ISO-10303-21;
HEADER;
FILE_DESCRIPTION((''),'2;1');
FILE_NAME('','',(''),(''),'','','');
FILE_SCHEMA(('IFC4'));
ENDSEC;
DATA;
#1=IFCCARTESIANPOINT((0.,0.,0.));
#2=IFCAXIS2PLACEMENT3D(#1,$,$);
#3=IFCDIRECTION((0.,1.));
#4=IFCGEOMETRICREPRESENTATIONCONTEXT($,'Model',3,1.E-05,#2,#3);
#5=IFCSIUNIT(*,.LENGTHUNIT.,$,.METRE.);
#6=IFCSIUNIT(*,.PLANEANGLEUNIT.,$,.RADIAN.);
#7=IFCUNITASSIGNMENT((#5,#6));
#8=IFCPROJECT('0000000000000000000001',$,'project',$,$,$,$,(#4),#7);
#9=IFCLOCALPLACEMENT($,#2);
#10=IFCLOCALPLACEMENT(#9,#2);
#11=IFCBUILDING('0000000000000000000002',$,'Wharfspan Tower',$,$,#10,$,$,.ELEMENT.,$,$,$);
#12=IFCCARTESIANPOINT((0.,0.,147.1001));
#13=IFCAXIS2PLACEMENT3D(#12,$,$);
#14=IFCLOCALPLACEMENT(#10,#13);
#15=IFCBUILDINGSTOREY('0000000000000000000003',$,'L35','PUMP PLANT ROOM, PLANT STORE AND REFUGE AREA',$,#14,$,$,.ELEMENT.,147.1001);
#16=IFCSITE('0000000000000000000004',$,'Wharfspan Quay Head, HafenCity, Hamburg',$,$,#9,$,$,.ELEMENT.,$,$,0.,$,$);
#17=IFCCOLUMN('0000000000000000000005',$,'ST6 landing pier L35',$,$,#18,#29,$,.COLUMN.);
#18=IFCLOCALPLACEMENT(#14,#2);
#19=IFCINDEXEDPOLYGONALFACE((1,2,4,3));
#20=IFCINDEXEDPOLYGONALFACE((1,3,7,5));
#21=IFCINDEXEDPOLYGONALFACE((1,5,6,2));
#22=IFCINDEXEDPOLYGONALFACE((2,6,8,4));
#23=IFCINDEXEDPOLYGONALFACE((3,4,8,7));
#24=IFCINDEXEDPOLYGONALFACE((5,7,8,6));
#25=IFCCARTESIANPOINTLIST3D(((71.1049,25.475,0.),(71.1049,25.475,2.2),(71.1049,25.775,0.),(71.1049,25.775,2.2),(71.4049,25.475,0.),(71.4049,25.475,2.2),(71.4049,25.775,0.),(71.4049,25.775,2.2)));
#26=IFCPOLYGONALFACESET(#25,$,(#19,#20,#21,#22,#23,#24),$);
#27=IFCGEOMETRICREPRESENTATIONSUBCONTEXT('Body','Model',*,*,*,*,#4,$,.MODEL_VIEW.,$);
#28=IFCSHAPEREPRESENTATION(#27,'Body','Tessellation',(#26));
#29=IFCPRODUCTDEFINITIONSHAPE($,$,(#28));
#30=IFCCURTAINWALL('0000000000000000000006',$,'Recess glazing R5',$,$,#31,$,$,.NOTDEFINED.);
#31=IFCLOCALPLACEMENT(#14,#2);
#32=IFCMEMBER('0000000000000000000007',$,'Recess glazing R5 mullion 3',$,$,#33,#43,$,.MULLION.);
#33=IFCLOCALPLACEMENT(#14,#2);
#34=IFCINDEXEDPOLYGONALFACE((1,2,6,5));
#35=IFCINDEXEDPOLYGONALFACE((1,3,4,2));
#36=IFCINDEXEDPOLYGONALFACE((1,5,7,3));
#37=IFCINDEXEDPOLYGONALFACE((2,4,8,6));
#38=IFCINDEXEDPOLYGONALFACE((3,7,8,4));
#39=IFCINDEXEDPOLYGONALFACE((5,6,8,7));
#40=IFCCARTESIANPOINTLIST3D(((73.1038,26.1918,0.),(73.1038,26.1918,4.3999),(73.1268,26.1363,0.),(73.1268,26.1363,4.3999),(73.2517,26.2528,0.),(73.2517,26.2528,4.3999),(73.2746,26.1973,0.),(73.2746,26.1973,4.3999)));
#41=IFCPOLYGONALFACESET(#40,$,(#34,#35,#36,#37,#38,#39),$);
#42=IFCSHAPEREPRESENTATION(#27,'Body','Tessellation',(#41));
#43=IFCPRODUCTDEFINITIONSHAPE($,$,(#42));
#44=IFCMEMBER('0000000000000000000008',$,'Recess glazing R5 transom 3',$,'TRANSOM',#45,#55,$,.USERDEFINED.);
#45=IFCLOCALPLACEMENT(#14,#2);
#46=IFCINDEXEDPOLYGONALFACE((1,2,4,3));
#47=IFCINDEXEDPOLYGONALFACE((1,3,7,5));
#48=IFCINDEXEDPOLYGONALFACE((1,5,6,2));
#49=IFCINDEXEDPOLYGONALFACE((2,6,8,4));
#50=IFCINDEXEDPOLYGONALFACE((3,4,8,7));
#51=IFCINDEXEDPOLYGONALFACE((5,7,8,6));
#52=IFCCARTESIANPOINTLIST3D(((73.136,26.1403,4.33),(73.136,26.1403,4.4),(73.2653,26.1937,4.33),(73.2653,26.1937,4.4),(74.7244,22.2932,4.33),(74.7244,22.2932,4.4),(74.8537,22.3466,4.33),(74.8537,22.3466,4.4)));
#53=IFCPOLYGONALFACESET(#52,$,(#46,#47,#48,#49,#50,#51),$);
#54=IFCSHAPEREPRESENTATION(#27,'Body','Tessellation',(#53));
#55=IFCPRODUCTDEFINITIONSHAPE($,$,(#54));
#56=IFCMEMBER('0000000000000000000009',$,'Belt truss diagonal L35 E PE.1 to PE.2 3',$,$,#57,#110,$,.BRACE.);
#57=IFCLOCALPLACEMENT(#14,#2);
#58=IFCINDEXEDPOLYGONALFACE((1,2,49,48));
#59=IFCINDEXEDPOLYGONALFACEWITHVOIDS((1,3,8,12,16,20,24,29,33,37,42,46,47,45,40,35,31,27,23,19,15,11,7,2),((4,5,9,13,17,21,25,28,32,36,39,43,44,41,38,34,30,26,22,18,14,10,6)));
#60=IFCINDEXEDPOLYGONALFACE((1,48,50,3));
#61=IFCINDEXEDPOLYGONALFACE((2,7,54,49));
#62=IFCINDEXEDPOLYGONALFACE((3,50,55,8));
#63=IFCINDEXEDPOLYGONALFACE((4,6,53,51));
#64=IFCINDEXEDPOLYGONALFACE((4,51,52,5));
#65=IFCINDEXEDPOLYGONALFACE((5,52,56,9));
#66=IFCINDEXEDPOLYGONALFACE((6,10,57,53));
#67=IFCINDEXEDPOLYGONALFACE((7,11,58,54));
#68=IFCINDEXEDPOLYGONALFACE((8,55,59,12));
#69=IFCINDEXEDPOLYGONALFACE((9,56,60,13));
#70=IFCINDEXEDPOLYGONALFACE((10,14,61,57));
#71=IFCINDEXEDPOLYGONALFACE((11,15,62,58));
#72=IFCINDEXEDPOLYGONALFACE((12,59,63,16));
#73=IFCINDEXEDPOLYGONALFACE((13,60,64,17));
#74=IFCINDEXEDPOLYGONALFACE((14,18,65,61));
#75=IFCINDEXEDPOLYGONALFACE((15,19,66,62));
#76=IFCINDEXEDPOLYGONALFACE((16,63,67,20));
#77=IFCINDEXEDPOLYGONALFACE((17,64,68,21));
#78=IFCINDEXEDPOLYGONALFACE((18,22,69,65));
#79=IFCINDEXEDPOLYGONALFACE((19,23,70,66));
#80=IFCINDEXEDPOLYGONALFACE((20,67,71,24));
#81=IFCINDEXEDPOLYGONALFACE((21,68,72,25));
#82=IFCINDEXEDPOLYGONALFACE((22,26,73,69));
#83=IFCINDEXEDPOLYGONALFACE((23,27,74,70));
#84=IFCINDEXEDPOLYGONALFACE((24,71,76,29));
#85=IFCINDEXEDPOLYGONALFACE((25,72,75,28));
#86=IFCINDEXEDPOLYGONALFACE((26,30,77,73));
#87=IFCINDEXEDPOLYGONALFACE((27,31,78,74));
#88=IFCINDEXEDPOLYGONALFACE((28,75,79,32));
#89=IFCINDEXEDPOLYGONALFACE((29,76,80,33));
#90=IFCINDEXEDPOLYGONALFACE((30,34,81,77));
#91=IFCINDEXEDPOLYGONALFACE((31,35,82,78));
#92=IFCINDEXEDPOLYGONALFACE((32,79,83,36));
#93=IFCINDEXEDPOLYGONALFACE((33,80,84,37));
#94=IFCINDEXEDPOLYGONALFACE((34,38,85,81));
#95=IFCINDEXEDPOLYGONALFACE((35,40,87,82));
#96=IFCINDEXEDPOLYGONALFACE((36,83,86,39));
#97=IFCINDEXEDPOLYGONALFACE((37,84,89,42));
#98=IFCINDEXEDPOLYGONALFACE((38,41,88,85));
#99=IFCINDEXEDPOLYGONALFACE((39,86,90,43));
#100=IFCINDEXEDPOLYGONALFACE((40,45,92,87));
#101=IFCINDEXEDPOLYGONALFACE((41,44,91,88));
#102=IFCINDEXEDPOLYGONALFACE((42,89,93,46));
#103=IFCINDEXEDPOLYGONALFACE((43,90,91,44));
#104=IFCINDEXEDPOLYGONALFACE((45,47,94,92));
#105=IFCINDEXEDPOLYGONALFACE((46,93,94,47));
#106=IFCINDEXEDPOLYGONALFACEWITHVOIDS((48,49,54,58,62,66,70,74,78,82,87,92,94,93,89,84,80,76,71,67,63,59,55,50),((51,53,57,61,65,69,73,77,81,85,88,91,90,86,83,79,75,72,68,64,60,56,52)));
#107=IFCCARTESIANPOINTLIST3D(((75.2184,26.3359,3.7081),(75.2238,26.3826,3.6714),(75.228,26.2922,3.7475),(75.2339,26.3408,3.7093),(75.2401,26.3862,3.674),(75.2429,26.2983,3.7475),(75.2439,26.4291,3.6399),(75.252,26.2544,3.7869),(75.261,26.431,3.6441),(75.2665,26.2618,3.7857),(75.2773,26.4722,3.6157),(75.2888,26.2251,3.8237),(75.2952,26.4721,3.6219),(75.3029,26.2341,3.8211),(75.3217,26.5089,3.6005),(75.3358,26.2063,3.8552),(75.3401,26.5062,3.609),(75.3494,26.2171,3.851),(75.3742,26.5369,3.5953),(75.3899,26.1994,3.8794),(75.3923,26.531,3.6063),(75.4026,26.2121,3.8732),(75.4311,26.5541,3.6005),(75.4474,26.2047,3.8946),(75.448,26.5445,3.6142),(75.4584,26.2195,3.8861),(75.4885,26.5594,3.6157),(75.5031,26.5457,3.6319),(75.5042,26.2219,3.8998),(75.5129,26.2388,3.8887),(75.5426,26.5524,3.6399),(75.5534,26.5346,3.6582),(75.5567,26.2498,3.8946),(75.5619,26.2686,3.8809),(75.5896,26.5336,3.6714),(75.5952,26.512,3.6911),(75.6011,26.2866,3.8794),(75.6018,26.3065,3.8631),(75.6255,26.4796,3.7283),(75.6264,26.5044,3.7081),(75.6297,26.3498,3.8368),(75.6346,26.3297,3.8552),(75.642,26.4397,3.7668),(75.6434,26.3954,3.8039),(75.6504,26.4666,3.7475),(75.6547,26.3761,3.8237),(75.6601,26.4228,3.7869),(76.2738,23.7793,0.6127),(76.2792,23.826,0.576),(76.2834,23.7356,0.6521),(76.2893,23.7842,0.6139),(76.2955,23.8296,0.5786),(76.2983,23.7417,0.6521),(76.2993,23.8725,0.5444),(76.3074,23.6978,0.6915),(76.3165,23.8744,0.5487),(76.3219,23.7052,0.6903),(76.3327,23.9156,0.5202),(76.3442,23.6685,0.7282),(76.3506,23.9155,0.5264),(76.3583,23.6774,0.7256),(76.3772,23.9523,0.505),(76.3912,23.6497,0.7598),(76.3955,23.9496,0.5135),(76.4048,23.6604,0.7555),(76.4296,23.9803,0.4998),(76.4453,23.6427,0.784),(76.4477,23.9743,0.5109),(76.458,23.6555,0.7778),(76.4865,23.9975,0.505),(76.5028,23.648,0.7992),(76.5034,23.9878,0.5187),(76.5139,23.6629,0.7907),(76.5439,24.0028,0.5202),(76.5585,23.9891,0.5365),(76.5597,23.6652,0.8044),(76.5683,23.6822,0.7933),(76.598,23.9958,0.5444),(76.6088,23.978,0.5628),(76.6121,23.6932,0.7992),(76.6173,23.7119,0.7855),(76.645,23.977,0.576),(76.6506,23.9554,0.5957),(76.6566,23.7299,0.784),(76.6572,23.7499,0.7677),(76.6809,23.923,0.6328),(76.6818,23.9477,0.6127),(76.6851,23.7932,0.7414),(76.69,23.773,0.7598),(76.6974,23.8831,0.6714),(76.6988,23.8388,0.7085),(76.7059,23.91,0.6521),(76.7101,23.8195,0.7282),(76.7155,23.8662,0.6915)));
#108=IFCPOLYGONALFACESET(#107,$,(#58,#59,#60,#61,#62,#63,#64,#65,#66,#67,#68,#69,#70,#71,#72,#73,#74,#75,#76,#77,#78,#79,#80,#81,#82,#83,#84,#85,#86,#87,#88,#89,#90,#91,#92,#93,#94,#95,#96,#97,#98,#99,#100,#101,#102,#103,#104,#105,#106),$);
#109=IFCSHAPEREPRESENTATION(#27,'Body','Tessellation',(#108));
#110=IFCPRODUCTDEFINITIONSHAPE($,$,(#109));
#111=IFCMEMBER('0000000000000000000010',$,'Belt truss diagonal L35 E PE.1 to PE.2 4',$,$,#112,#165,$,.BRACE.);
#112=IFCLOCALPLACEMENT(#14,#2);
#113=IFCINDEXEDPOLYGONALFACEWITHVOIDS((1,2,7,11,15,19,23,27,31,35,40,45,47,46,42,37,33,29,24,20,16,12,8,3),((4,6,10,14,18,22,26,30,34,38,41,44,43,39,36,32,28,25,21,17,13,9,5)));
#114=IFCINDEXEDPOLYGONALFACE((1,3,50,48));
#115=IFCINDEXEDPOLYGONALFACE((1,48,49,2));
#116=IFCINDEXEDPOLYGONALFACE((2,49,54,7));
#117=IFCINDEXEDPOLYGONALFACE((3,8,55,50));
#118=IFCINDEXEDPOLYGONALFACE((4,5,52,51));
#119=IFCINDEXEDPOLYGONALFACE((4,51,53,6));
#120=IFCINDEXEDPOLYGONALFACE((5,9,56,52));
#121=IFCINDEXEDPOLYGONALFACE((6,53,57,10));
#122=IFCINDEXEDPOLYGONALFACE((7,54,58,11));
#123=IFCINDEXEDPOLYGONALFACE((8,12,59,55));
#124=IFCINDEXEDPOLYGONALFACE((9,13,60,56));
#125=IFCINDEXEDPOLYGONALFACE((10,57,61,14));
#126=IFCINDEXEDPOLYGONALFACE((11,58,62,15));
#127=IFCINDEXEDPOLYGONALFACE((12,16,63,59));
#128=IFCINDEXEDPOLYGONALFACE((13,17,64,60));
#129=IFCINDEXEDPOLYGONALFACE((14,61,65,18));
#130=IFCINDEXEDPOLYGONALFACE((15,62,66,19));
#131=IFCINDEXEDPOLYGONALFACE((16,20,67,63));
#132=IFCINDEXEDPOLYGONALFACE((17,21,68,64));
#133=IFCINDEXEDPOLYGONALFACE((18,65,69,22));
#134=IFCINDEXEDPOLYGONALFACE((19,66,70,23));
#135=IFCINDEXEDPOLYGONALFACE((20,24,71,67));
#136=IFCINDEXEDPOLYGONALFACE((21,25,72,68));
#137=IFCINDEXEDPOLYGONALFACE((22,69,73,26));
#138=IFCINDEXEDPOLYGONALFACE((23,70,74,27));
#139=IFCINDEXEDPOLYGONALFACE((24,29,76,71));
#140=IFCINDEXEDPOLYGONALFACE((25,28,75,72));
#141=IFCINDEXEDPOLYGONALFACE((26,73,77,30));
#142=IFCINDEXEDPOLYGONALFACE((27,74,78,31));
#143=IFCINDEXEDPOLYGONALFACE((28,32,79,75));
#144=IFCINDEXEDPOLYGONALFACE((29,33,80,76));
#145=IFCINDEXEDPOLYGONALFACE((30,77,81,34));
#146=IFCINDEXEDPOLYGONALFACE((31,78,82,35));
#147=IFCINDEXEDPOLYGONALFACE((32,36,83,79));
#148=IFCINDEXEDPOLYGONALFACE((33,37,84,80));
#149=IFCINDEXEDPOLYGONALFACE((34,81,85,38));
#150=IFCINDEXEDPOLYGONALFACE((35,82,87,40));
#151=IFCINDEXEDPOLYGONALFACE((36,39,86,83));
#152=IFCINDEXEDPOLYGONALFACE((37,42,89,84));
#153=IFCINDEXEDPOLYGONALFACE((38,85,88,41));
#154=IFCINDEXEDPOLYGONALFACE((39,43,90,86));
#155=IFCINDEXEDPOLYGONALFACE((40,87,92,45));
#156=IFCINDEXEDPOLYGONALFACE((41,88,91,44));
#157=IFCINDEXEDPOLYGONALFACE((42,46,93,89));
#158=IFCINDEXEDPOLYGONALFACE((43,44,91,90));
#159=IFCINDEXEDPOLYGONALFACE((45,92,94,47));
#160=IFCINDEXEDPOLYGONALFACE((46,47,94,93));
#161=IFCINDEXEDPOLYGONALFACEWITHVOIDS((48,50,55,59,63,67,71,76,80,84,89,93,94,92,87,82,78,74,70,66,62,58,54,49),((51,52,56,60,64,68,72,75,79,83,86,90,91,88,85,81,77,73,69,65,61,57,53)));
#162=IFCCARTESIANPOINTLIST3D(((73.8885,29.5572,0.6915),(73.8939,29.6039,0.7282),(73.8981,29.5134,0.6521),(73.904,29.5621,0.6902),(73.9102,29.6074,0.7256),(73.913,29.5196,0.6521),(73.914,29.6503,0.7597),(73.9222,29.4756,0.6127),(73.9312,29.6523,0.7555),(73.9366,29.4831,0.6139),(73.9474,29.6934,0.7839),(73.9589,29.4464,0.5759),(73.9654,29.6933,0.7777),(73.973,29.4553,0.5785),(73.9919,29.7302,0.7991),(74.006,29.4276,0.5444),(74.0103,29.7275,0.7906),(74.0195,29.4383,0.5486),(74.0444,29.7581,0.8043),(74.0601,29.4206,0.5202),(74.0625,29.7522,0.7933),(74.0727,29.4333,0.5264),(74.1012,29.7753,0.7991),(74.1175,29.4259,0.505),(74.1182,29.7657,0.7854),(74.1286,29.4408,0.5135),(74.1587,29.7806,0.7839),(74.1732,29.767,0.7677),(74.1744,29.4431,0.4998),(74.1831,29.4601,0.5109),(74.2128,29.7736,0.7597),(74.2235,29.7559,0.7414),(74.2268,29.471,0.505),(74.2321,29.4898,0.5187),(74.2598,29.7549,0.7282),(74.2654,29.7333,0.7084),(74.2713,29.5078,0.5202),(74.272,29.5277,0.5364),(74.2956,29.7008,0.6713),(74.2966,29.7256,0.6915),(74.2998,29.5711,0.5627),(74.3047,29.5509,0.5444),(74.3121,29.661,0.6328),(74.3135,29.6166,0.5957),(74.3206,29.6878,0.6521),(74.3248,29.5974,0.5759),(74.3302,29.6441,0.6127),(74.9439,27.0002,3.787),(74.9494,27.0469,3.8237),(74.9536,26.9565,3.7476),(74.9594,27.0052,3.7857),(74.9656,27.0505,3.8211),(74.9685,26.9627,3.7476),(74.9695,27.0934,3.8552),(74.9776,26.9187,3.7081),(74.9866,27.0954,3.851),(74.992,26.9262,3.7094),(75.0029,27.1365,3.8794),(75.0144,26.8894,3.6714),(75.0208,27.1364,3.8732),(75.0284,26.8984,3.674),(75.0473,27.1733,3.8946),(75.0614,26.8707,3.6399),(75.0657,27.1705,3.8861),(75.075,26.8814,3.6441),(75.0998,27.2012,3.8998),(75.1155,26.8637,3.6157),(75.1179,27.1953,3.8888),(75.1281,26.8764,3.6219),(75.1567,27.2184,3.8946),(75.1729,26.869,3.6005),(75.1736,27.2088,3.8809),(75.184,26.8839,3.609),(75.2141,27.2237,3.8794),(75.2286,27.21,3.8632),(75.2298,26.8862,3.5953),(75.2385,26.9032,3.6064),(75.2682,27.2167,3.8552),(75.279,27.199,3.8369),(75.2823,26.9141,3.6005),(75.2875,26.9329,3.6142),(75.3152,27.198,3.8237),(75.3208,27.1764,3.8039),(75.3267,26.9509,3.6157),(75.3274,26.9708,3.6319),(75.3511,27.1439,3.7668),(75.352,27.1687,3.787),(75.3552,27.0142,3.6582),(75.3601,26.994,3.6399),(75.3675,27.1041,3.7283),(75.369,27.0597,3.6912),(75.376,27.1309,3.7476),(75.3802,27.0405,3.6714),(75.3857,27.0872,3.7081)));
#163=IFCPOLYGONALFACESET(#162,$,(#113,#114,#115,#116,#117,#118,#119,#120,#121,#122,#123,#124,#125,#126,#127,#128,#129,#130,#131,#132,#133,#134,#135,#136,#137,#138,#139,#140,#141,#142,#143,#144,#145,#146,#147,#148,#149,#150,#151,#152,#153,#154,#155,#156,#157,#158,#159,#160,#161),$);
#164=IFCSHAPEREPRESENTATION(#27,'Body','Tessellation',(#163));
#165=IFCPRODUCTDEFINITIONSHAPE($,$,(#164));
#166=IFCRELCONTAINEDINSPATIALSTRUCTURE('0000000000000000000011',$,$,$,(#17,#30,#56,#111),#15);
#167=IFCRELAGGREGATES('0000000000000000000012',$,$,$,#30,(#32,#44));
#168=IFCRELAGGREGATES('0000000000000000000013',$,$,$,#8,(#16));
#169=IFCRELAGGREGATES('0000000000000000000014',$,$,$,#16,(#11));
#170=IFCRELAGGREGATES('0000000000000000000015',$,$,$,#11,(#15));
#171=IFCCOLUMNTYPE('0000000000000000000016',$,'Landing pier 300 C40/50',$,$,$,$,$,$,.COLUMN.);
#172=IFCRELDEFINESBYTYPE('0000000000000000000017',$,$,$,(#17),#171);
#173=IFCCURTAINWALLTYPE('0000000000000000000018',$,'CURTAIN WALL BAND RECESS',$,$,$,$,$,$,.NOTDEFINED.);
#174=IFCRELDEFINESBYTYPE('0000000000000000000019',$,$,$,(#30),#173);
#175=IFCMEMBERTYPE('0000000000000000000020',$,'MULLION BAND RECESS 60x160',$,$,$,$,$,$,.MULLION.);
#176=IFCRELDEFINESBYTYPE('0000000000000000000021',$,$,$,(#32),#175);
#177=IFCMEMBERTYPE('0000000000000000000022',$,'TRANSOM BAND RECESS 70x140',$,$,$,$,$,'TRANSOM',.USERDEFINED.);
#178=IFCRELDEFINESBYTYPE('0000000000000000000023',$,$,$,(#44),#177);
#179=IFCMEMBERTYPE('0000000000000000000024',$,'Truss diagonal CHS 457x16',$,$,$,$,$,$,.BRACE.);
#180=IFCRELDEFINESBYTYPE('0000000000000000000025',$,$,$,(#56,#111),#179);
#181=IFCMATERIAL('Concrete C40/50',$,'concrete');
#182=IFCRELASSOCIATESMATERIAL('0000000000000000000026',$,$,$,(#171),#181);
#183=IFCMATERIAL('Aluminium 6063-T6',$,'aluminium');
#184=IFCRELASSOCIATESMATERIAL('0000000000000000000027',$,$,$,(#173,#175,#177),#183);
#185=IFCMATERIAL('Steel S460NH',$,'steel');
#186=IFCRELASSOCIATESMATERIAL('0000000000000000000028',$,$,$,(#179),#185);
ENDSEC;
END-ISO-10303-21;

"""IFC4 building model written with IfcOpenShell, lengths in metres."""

from ifc_helpers import new_model, si_unit, direction, frame, origin, origin_2d, place, context, subcontext, project, spatial, rectangle, hollow_circle, extrude, material, material_profile, profile_set, type_object, element, aggregate, save


model = new_model("IFC4")

# Units and contexts
model_context = context("Model", 3, precision=1e-05, world=origin(), true_north=direction((0.0, 1.0)))
body_context = subcontext(model_context, "Body", "Model", "MODEL_VIEW")
ifc_project = project(units=[si_unit("LENGTHUNIT", "METRE"), si_unit("PLANEANGLEUNIT", "RADIAN")], contexts=[model_context])

# Site, building, storey
site_placement = place(None, origin())
site = spatial("IfcSite", under=ifc_project, at=site_placement, Name="Wharfspan Quay Head, HafenCity, Hamburg", CompositionType="ELEMENT", RefElevation=0.0)
building_placement = place(site_placement, origin())
building = spatial("IfcBuilding", under=site, at=building_placement, Name="Wharfspan Tower", CompositionType="ELEMENT")
storey_placement = place(building_placement, frame((0.0, 0.0, 147.1001)))
storey = spatial("IfcBuildingStorey", under=building, at=storey_placement, Name="L35", Description="PUMP PLANT ROOM, PLANT STORE AND REFUGE AREA", CompositionType="ELEMENT", Elevation=147.1001)

# Column
ifc_material_1 = material(Name="Concrete C40/50", Category="concrete")
ifc_material_profile_1 = material_profile(ifc_material_1, rectangle(XDim=0.3, YDim=0.3, at=origin_2d()))
ifc_profile_set_1 = profile_set([ifc_material_profile_1], Name="Concrete C40/50")
column_type = type_object("IfcColumnType", Name="Landing pier 300 C40/50", PredefinedType="COLUMN", material=ifc_profile_set_1)
column_placement = place(storey_placement, frame((71.2549, 25.625, 0.0), z_axis=(0.0, 0.0, 1.0), x_axis=(1.0, 0.0, 0.0)))
element("IfcColumn", 1, at=column_placement, inside=storey, type_object=column_type, Name="ST6 landing pier L35", PredefinedType="COLUMN", context=body_context, shape_type="SweptSolid", body=[
    extrude(rectangle(XDim=0.3, YDim=0.3, at=origin_2d()), origin(), (0.0, 0.0, 1.0), 2.2),
])

# Curtain wall, members
ifc_material_2 = material(Name="Aluminium 6063-T6", Category="aluminium")
curtain_wall_type = type_object("IfcCurtainWallType", Name="CURTAIN WALL BAND RECESS", PredefinedType="NOTDEFINED", material=ifc_material_2)
curtain_wall_placement = place(storey_placement, origin())
curtain_wall = element("IfcCurtainWall", 2, at=curtain_wall_placement, inside=storey, type_object=curtain_wall_type, Name="Recess glazing R5", PredefinedType="NOTDEFINED")
ifc_material_profile_2 = material_profile(ifc_material_2, rectangle(XDim=0.1599, YDim=0.0601, at=origin_2d()))
ifc_profile_set_2 = profile_set([ifc_material_profile_2], Name="Aluminium 6063-T6")
member_type_1 = type_object("IfcMemberType", Name="MULLION BAND RECESS 60x160", PredefinedType="MULLION", material=ifc_profile_set_2)
member_1_placement = place(storey_placement, frame((73.1892, 26.1946, 0.0), z_axis=(0.0, 0.0, 1.0), x_axis=(0.924325, 0.381602, 0.0)))
member_1 = element("IfcMember", 3, at=member_1_placement, type_object=member_type_1, Name="Recess glazing R5 mullion 3", PredefinedType="MULLION", context=body_context, shape_type="SweptSolid", body=[
    extrude(rectangle(XDim=0.1599, YDim=0.0601, at=origin_2d()), origin(), (0.0, 0.0, 1.0), 4.3999),
])
ifc_material_profile_3 = material_profile(ifc_material_2, rectangle(XDim=0.1399, YDim=0.0701, at=origin_2d()))
ifc_profile_set_3 = profile_set([ifc_material_profile_3], Name="Aluminium 6063-T6")
member_type_2 = type_object("IfcMemberType", Name="TRANSOM BAND RECESS 70x140", ElementType="TRANSOM", PredefinedType="USERDEFINED", material=ifc_profile_set_3)
member_2_placement = place(storey_placement, frame((73.2007, 26.167, 4.365), z_axis=(0.381623, -0.924318, 0.0), x_axis=(0.924318, 0.381623, 0.0)))
member_2 = element("IfcMember", 4, at=member_2_placement, type_object=member_type_2, Name="Recess glazing R5 transom 3", ObjectType="TRANSOM", PredefinedType="USERDEFINED", context=body_context, shape_type="SweptSolid", body=[
    extrude(rectangle(XDim=0.1399, YDim=0.0701, at=origin_2d()), origin(), (0.0, 0.0, 1.0), 4.1621),
])

# Members
ifc_material_3 = material(Name="Steel S460NH", Category="steel")
ifc_material_profile_4 = material_profile(ifc_material_3, hollow_circle(Radius=0.2285, WallThickness=0.0161, at=origin_2d()))
ifc_profile_set_4 = profile_set([ifc_material_profile_4], Name="Steel S460NH")
member_type_3 = type_object("IfcMemberType", Name="Truss diagonal CHS 457x16", PredefinedType="BRACE", material=ifc_profile_set_4)
member_3_placement = place(storey_placement, frame((76.4946, 23.8228, 0.6521), z_axis=(-0.254247, 0.615885, 0.745684), x_axis=(-0.924335, -0.38158, 0.0)))
element("IfcMember", 5, at=member_3_placement, inside=storey, type_object=member_type_3, Name="Belt truss diagonal L35 E PE.1 to PE.2 3", PredefinedType="BRACE", context=body_context, shape_type="SweptSolid", body=[
    extrude(hollow_circle(Radius=0.2285, WallThickness=0.0161, at=origin_2d()), origin(), (0.0, 0.0, 1.0), 4.1511),
])
member_4_placement = place(storey_placement, frame((75.1648, 27.0437, 3.7476), z_axis=(-0.254237, 0.615921, -0.745657), x_axis=(-0.924346, -0.381546, 0.000001)))
element("IfcMember", 6, at=member_4_placement, inside=storey, type_object=member_type_3, Name="Belt truss diagonal L35 E PE.1 to PE.2 4", PredefinedType="BRACE", context=body_context, shape_type="SweptSolid", body=[
    extrude(hollow_circle(Radius=0.2285, WallThickness=0.0161, at=origin_2d()), origin(), (0.0, 0.0, 1.0), 4.1514),
])

aggregate(curtain_wall, [member_1, member_2])

save(model, "model.ifc")
